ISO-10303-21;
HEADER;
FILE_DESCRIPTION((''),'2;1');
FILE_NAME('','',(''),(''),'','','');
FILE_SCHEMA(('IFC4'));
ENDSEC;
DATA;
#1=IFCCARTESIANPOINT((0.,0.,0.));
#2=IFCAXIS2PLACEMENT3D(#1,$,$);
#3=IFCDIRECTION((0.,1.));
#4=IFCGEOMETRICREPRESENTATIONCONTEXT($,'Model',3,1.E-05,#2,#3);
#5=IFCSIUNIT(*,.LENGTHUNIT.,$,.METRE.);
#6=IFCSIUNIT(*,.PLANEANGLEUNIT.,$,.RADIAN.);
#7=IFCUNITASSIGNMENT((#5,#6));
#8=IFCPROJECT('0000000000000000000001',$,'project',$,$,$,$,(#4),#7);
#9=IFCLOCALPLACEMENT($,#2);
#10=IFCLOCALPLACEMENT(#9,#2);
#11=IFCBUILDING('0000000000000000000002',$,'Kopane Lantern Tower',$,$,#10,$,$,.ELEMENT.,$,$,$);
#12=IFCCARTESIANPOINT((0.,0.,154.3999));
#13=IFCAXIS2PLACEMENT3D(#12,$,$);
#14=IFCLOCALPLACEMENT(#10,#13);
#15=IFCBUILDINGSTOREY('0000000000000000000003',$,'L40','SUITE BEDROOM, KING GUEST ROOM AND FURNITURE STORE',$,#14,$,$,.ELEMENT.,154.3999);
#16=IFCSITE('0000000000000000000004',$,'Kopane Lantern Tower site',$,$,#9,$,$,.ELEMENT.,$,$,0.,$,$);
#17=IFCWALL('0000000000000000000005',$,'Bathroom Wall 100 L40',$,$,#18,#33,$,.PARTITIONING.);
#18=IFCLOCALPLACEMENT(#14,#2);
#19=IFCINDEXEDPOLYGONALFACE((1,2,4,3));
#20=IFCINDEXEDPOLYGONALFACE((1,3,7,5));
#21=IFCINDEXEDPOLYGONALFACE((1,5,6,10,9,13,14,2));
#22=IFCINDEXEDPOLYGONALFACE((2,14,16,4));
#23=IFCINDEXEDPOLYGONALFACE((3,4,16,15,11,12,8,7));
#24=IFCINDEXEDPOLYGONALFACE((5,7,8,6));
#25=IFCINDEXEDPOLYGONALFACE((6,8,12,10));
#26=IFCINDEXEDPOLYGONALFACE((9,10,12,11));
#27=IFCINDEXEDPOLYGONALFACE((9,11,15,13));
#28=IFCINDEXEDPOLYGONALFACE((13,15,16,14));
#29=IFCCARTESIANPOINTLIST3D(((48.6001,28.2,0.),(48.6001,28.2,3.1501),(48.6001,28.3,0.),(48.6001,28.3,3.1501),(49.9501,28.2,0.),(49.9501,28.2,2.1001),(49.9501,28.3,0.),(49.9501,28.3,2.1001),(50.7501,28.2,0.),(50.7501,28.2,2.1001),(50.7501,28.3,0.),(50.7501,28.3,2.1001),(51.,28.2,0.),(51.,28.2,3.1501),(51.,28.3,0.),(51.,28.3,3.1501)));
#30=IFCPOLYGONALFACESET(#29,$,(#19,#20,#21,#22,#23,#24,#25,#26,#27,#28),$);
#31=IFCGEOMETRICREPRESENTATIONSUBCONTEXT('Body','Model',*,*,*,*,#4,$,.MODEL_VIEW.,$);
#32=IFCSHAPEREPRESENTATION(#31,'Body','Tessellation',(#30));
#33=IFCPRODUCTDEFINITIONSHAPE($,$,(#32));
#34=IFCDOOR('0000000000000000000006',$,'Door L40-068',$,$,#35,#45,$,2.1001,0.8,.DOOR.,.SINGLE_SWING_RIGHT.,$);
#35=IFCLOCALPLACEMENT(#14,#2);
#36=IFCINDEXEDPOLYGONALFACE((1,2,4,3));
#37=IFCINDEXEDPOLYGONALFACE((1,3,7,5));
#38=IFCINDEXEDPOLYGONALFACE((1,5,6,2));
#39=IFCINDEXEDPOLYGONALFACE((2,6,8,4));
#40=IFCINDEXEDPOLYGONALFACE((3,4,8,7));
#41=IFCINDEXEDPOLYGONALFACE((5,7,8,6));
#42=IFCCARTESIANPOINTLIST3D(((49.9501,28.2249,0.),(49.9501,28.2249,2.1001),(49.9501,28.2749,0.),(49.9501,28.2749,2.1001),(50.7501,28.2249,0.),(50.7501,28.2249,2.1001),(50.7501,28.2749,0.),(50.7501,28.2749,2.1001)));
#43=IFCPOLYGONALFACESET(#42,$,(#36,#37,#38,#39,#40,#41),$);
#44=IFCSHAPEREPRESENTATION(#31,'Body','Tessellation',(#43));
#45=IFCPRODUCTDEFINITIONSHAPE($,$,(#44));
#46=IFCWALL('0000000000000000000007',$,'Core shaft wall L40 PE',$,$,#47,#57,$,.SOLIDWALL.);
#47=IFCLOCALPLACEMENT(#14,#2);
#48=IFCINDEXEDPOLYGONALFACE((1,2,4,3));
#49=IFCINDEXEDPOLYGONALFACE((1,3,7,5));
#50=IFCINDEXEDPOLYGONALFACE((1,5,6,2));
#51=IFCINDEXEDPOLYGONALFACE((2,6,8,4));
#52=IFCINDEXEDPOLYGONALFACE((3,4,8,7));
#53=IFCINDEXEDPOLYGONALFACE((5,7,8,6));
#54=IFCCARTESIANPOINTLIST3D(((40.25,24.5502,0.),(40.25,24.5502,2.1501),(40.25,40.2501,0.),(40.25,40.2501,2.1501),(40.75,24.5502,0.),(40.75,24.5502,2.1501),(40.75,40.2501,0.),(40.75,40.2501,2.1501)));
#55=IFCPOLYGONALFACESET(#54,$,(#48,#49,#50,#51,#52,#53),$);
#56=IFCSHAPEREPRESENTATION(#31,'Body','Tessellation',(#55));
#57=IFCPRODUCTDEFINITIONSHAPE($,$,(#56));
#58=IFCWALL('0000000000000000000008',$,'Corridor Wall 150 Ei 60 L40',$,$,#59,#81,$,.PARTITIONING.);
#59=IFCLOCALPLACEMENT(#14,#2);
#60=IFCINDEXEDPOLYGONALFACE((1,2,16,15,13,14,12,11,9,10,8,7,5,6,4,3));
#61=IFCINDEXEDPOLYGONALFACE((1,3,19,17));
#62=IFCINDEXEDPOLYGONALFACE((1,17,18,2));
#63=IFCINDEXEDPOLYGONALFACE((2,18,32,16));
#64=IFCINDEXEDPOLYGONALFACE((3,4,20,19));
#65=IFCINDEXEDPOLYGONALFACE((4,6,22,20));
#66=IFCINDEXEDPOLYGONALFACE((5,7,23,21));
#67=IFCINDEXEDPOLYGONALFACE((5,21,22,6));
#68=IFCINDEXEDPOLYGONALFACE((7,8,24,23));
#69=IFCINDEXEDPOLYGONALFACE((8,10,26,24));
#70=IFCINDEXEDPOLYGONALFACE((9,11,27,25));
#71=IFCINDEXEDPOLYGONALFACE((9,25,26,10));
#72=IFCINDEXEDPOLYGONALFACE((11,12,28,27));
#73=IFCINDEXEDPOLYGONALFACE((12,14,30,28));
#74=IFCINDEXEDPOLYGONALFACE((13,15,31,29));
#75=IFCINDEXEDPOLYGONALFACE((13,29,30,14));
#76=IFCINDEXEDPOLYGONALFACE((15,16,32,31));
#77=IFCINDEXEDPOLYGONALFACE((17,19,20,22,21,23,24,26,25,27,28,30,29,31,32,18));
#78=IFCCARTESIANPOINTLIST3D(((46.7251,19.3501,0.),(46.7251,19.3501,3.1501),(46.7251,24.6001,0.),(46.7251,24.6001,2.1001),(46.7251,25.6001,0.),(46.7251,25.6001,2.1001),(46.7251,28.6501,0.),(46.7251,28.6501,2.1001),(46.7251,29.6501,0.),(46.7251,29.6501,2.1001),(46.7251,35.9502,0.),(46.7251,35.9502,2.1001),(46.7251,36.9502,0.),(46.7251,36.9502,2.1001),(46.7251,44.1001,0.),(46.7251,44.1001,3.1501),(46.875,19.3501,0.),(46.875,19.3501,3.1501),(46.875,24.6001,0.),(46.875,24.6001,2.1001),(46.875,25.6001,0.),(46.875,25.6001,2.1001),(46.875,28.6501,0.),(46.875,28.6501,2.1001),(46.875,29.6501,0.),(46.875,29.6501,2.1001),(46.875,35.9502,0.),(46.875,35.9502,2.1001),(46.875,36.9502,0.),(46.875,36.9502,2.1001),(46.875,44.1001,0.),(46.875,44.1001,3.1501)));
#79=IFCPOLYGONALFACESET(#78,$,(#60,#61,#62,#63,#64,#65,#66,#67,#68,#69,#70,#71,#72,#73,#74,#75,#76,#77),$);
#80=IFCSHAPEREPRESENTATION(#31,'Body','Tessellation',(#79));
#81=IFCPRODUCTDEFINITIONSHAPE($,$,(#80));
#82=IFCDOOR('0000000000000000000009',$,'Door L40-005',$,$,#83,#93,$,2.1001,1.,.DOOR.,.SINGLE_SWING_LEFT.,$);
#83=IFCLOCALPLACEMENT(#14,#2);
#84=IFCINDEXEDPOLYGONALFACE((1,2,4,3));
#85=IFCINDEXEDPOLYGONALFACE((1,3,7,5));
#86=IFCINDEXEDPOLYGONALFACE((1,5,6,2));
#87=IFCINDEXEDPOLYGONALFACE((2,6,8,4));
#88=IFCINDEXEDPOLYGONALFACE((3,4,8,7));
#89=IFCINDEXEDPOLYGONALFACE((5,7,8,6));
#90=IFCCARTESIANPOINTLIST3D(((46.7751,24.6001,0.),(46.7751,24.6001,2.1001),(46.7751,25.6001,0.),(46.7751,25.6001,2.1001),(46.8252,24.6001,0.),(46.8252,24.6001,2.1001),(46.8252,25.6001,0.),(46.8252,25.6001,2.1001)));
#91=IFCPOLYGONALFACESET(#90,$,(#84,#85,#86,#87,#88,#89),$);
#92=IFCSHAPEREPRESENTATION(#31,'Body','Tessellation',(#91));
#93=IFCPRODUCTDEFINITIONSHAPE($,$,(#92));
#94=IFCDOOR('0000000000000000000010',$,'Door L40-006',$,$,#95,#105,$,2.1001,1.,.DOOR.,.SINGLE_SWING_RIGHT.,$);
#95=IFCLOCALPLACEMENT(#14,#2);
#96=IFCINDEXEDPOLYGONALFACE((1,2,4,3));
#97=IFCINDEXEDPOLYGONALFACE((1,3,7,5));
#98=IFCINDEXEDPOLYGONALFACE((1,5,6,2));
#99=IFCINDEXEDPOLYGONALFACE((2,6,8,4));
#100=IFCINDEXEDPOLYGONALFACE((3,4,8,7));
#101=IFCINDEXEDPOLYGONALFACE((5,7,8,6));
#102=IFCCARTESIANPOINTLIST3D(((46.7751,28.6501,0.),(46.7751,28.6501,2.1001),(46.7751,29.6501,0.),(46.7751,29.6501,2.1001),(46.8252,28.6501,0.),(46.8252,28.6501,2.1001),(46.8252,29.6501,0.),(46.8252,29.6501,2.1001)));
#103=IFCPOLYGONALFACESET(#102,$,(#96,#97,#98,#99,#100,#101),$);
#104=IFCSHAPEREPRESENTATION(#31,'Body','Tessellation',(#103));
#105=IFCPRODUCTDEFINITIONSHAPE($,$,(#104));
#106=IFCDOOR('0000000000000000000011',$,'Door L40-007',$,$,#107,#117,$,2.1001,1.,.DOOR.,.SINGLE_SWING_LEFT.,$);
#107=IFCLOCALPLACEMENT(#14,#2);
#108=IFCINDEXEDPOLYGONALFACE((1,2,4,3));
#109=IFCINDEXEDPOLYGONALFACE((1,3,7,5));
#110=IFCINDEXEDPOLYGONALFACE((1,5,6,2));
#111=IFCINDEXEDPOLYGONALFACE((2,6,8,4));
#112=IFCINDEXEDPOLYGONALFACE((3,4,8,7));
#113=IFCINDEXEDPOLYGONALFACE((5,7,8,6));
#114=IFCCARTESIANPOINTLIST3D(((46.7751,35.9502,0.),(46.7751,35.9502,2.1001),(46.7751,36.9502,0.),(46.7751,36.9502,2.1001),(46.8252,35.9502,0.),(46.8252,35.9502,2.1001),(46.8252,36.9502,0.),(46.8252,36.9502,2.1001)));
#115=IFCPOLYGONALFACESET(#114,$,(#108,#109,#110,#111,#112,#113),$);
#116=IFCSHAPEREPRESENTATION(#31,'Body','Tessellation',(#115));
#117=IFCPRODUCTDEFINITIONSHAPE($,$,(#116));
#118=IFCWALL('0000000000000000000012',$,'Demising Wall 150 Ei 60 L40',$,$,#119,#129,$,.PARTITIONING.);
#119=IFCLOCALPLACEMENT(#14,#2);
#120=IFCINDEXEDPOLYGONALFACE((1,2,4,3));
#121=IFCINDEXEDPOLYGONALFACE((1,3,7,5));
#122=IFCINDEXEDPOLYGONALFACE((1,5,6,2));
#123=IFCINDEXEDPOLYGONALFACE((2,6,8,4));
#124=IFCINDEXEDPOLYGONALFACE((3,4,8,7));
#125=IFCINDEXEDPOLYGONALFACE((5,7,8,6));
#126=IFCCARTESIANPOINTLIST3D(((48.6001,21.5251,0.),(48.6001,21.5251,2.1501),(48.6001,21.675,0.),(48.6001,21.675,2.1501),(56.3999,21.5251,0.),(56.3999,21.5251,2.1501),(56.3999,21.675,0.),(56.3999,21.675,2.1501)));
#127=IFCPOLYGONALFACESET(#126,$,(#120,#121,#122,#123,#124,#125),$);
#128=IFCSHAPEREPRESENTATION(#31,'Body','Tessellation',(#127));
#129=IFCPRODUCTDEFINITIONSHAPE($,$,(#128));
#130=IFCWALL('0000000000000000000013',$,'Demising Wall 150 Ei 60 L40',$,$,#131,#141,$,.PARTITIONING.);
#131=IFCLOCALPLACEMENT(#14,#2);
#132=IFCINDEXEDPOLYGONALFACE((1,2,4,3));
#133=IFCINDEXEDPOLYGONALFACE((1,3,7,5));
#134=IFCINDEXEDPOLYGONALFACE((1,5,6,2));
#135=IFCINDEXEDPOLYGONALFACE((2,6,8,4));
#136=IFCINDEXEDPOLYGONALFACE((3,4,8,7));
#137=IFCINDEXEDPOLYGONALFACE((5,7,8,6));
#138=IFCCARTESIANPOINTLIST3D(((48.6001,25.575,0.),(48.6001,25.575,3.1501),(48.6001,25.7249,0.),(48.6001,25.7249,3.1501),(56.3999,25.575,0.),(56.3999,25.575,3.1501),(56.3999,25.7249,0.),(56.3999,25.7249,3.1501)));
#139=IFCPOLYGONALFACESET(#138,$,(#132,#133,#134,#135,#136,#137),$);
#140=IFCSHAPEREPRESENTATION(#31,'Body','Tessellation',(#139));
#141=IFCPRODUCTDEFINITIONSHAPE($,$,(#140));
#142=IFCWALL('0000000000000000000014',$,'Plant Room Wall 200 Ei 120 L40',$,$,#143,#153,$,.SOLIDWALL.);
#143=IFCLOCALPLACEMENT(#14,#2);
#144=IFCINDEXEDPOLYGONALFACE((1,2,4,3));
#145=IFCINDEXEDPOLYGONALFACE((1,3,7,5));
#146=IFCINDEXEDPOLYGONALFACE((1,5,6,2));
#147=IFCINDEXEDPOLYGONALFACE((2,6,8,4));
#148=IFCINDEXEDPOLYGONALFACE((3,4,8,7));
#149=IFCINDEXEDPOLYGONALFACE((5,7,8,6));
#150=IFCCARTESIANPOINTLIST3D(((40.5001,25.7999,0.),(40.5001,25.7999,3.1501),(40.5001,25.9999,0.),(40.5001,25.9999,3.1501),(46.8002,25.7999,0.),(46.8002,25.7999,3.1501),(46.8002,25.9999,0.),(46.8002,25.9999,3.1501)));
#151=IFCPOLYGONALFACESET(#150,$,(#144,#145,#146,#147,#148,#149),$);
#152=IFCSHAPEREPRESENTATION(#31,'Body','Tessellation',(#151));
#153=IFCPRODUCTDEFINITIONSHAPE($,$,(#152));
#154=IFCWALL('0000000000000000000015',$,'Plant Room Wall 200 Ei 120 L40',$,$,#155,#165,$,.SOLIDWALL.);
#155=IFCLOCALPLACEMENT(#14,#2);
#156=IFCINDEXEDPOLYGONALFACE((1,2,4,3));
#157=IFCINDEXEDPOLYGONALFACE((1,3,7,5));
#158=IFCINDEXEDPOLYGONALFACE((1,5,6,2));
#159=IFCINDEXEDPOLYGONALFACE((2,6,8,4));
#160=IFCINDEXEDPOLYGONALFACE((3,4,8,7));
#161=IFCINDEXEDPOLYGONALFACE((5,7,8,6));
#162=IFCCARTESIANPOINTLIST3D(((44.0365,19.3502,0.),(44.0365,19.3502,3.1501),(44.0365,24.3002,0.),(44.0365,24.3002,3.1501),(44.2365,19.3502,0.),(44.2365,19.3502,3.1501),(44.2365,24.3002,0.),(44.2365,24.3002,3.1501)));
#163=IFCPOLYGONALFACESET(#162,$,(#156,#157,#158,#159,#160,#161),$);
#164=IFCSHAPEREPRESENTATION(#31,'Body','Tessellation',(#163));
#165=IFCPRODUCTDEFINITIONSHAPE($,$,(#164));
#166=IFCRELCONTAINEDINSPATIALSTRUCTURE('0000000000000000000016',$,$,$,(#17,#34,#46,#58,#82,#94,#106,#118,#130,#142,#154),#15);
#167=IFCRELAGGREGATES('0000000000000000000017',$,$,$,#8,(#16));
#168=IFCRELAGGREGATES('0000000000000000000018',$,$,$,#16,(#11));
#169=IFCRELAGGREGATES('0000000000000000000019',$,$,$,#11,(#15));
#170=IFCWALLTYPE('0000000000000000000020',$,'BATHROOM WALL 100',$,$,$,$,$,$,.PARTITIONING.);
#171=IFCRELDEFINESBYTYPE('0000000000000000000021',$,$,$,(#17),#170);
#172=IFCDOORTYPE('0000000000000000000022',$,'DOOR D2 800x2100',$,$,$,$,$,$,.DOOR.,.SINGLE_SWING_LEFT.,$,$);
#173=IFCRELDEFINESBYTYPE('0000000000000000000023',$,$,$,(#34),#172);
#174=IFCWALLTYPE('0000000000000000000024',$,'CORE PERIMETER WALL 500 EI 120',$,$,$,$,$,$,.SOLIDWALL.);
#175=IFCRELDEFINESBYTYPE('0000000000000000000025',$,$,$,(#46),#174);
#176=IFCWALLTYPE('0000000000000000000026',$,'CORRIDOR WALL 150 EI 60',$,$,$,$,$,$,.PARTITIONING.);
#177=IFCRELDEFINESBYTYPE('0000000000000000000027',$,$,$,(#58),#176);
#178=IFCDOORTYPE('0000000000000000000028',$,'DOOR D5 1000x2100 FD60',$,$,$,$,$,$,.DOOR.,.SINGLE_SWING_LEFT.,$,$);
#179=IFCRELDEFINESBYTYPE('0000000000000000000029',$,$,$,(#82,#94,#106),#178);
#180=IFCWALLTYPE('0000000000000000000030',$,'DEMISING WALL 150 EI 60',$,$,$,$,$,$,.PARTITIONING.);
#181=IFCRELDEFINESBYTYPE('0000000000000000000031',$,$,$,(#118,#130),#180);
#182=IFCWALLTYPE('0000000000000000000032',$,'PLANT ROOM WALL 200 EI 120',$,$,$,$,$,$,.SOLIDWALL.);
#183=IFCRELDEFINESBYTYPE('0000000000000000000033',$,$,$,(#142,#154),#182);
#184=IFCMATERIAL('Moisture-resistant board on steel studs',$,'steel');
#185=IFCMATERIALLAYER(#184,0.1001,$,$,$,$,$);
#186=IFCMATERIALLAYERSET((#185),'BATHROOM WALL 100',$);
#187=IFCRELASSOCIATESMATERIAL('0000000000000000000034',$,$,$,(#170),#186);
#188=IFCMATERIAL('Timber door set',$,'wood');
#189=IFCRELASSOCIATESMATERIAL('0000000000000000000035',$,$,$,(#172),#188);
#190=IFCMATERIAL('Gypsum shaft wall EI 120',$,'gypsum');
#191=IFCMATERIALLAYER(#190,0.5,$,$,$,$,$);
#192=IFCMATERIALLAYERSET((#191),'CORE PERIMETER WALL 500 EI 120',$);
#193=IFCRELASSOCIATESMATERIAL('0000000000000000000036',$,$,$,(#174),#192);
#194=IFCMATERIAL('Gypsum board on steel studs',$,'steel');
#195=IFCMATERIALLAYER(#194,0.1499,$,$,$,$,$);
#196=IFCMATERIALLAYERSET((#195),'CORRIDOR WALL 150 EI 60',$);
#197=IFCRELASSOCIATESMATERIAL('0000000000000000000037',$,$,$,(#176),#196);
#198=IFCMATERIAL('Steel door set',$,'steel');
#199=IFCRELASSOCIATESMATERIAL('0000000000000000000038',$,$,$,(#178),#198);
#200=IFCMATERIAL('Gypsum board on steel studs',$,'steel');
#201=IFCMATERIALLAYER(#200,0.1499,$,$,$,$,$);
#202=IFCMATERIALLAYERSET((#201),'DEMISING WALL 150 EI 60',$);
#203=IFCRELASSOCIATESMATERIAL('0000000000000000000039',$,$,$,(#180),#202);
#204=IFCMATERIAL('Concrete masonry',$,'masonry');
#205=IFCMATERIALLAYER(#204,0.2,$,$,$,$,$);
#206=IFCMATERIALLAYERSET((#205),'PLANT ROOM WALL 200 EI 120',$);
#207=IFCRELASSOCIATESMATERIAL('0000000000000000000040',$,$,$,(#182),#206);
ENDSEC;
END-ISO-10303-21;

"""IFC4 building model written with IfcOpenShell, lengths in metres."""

from ifc_helpers import new_model, si_unit, direction, frame, frame_2d, origin, place, context, subcontext, project, spatial, rectangle, extrude, material, layer, layer_set, type_object, element, fill, save


model = new_model("IFC4")

# Units and contexts
model_context = context("Model", 3, precision=1e-05, world=origin(), true_north=direction((0.0, 1.0)))
body_context = subcontext(model_context, "Body", "Model", "MODEL_VIEW")
ifc_project = project(units=[si_unit("LENGTHUNIT", "METRE"), si_unit("PLANEANGLEUNIT", "RADIAN")], contexts=[model_context])

# Site, building, storey
site_placement = place(None, origin())
site = spatial("IfcSite", under=ifc_project, at=site_placement, Name="Kopane Lantern Tower site", CompositionType="ELEMENT", RefElevation=0.0)
building_placement = place(site_placement, origin())
building = spatial("IfcBuilding", under=site, at=building_placement, Name="Kopane Lantern Tower", CompositionType="ELEMENT")
storey_placement = place(building_placement, frame((0.0, 0.0, 154.3999)))
storey = spatial("IfcBuildingStorey", under=building, at=storey_placement, Name="L40", Description="SUITE BEDROOM, KING GUEST ROOM AND FURNITURE STORE", CompositionType="ELEMENT", Elevation=154.3999)

# Shared definitions
ifc_material_1 = material(Name="Moisture-resistant board on steel studs", Category="steel")
ifc_layer_1 = layer(ifc_material_1, 0.1001)
ifc_layer_set_1 = layer_set([ifc_layer_1], Name="BATHROOM WALL 100")
wall_type_1 = type_object("IfcWallType", Name="BATHROOM WALL 100", PredefinedType="PARTITIONING", material=ifc_layer_set_1)

# Shared definitions
ifc_material_2 = material(Name="Timber door set", Category="wood")
door_type_1 = type_object("IfcDoorType", Name="DOOR D2 800x2100", OperationType="SINGLE_SWING_LEFT", PredefinedType="DOOR", material=ifc_material_2)

# Wall, opening, door
wall_1_placement = place(storey_placement, frame((48.6001, 28.25, 0.0), z_axis=(0.0, 0.0, 1.0), x_axis=(1.0, 0.0, 0.0)))
wall_1 = element("IfcWall", 1, at=wall_1_placement, inside=storey, type_object=wall_type_1, Name="Bathroom Wall 100 L40", PredefinedType="PARTITIONING", context=body_context, shape_type="SweptSolid", body=[
    extrude(rectangle(XDim=2.3999, YDim=0.1001, at=frame_2d((1.2, 0.0))), origin(), (0.0, 0.0, 1.0), 3.1501),
])
opening_1_placement = place(wall_1_placement, frame((1.3501, 0.0, 0.0)))
opening_1 = element("IfcOpeningElement", 2, at=opening_1_placement, cuts=wall_1, PredefinedType="OPENING", context=body_context, shape_type="SweptSolid", body=[
    extrude(rectangle(XDim=0.8, YDim=2.1001, at=frame_2d((0.3999, 1.05))), frame((0.0, 0.0601, 0.0), z_axis=(0.0, -1.0, 0.0), x_axis=(1.0, 0.0, 0.0)), (0.0, 0.0, 1.0), 0.1201),
])
door_1_placement = place(opening_1_placement, origin())
door_1 = element("IfcDoor", 3, at=door_1_placement, inside=storey, type_object=door_type_1, Name="Door L40-068", OperationType="SINGLE_SWING_RIGHT", OverallHeight=2.1001, OverallWidth=0.8, PredefinedType="DOOR", context=body_context, shape_type="SweptSolid", body=[
    extrude(rectangle(XDim=0.8, YDim=2.1001, at=frame_2d((0.3999, 1.05))), frame((0.0, 0.0249, 0.0), z_axis=(0.0, -1.0, 0.0), x_axis=(1.0, 0.0, 0.0)), (0.0, 0.0, 1.0), 0.05),
])
fill(opening_1, door_1)

# Wall
ifc_material_3 = material(Name="Gypsum shaft wall EI 120", Category="gypsum")
ifc_layer_2 = layer(ifc_material_3, 0.5)
ifc_layer_set_2 = layer_set([ifc_layer_2], Name="CORE PERIMETER WALL 500 EI 120")
wall_type_2 = type_object("IfcWallType", Name="CORE PERIMETER WALL 500 EI 120", PredefinedType="SOLIDWALL", material=ifc_layer_set_2)
wall_2_placement = place(storey_placement, frame((40.5, 24.55, 0.0), z_axis=(0.0, 0.0, 1.0), x_axis=(0.0, 1.0, 0.0)))
element("IfcWall", 4, at=wall_2_placement, inside=storey, type_object=wall_type_2, Name="Core shaft wall L40 PE", PredefinedType="SOLIDWALL", context=body_context, shape_type="SweptSolid", body=[
    extrude(rectangle(XDim=15.7, YDim=0.5, at=frame_2d((7.8501, 0.0))), origin(), (0.0, 0.0, 1.0), 2.1501),
])

# Wall, openings, doors
ifc_material_4 = material(Name="Gypsum board on steel studs", Category="steel")
ifc_layer_3 = layer(ifc_material_4, 0.1499)
ifc_layer_set_3 = layer_set([ifc_layer_3], Name="CORRIDOR WALL 150 EI 60")
wall_type_3 = type_object("IfcWallType", Name="CORRIDOR WALL 150 EI 60", PredefinedType="PARTITIONING", material=ifc_layer_set_3)
wall_3_placement = place(storey_placement, frame((46.8, 19.3501, 0.0), z_axis=(0.0, 0.0, 1.0), x_axis=(0.0, 1.0, 0.0)))
wall_3 = element("IfcWall", 5, at=wall_3_placement, inside=storey, type_object=wall_type_3, Name="Corridor Wall 150 Ei 60 L40", PredefinedType="PARTITIONING", context=body_context, shape_type="SweptSolid", body=[
    extrude(rectangle(XDim=24.75, YDim=0.1499, at=frame_2d((12.375, 0.0))), origin(), (0.0, 0.0, 1.0), 3.1501),
])
opening_2_placement = place(wall_3_placement, frame((5.25, 0.0, 0.0)))
opening_2 = element("IfcOpeningElement", 6, at=opening_2_placement, cuts=wall_3, PredefinedType="OPENING", context=body_context, shape_type="SweptSolid", body=[
    extrude(rectangle(XDim=1.0, YDim=2.1001, at=frame_2d((0.5, 1.05))), frame((0.0, 0.085, 0.0), z_axis=(0.0, -1.0, 0.0), x_axis=(1.0, 0.0, 0.0)), (0.0, 0.0, 1.0), 0.1699),
])
opening_3_placement = place(wall_3_placement, frame((9.3, 0.0, 0.0)))
opening_3 = element("IfcOpeningElement", 7, at=opening_3_placement, cuts=wall_3, PredefinedType="OPENING", context=body_context, shape_type="SweptSolid", body=[
    extrude(rectangle(XDim=1.0, YDim=2.1001, at=frame_2d((0.5, 1.05))), frame((0.0, 0.085, 0.0), z_axis=(0.0, -1.0, 0.0), x_axis=(1.0, 0.0, 0.0)), (0.0, 0.0, 1.0), 0.1699),
])
opening_4_placement = place(wall_3_placement, frame((16.6001, 0.0, 0.0)))
opening_4 = element("IfcOpeningElement", 8, at=opening_4_placement, cuts=wall_3, PredefinedType="OPENING", context=body_context, shape_type="SweptSolid", body=[
    extrude(rectangle(XDim=1.0, YDim=2.1001, at=frame_2d((0.5, 1.05))), frame((0.0, 0.085, 0.0), z_axis=(0.0, -1.0, 0.0), x_axis=(1.0, 0.0, 0.0)), (0.0, 0.0, 1.0), 0.1699),
])
ifc_material_5 = material(Name="Steel door set", Category="steel")
door_type_2 = type_object("IfcDoorType", Name="DOOR D5 1000x2100 FD60", OperationType="SINGLE_SWING_LEFT", PredefinedType="DOOR", material=ifc_material_5)
door_2_placement = place(opening_2_placement, origin())
door_2 = element("IfcDoor", 9, at=door_2_placement, inside=storey, type_object=door_type_2, Name="Door L40-005", OperationType="SINGLE_SWING_LEFT", OverallHeight=2.1001, OverallWidth=1.0, PredefinedType="DOOR", context=body_context, shape_type="SweptSolid", body=[
    extrude(rectangle(XDim=1.0, YDim=2.1001, at=frame_2d((0.5, 1.05))), frame((0.0, 0.0249, 0.0), z_axis=(0.0, -1.0, 0.0), x_axis=(1.0, 0.0, 0.0)), (0.0, 0.0, 1.0), 0.05),
])
fill(opening_2, door_2)
door_3_placement = place(opening_3_placement, origin())
door_3 = element("IfcDoor", 10, at=door_3_placement, inside=storey, type_object=door_type_2, Name="Door L40-006", OperationType="SINGLE_SWING_RIGHT", OverallHeight=2.1001, OverallWidth=1.0, PredefinedType="DOOR", context=body_context, shape_type="SweptSolid", body=[
    extrude(rectangle(XDim=1.0, YDim=2.1001, at=frame_2d((0.5, 1.05))), frame((0.0, 0.0249, 0.0), z_axis=(0.0, -1.0, 0.0), x_axis=(1.0, 0.0, 0.0)), (0.0, 0.0, 1.0), 0.05),
])
fill(opening_3, door_3)
door_4_placement = place(opening_4_placement, origin())
door_4 = element("IfcDoor", 11, at=door_4_placement, inside=storey, type_object=door_type_2, Name="Door L40-007", OperationType="SINGLE_SWING_LEFT", OverallHeight=2.1001, OverallWidth=1.0, PredefinedType="DOOR", context=body_context, shape_type="SweptSolid", body=[
    extrude(rectangle(XDim=1.0, YDim=2.1001, at=frame_2d((0.5, 1.05))), frame((0.0, 0.0249, 0.0), z_axis=(0.0, -1.0, 0.0), x_axis=(1.0, 0.0, 0.0)), (0.0, 0.0, 1.0), 0.05),
])
fill(opening_4, door_4)

# Walls
ifc_material_6 = material(Name="Gypsum board on steel studs", Category="steel")
ifc_layer_4 = layer(ifc_material_6, 0.1499)
ifc_layer_set_4 = layer_set([ifc_layer_4], Name="DEMISING WALL 150 EI 60")
wall_type_4 = type_object("IfcWallType", Name="DEMISING WALL 150 EI 60", PredefinedType="PARTITIONING", material=ifc_layer_set_4)
wall_4_placement = place(storey_placement, frame((48.6001, 21.6001, 0.0), z_axis=(0.0, 0.0, 1.0), x_axis=(1.0, 0.0, 0.0)))
element("IfcWall", 12, at=wall_4_placement, inside=storey, type_object=wall_type_4, Name="Demising Wall 150 Ei 60 L40", PredefinedType="PARTITIONING", context=body_context, shape_type="SweptSolid", body=[
    extrude(rectangle(XDim=7.7998, YDim=0.1499, at=frame_2d((3.8999, 0.0))), origin(), (0.0, 0.0, 1.0), 2.1501),
])
wall_5_placement = place(storey_placement, frame((48.6001, 25.6499, 0.0), z_axis=(0.0, 0.0, 1.0), x_axis=(1.0, 0.0, 0.0)))
element("IfcWall", 13, at=wall_5_placement, inside=storey, type_object=wall_type_4, Name="Demising Wall 150 Ei 60 L40", PredefinedType="PARTITIONING", context=body_context, shape_type="SweptSolid", body=[
    extrude(rectangle(XDim=7.7998, YDim=0.1499, at=frame_2d((3.8999, 0.0))), origin(), (0.0, 0.0, 1.0), 3.1501),
])
ifc_material_7 = material(Name="Concrete masonry", Category="masonry")
ifc_layer_5 = layer(ifc_material_7, 0.2)
ifc_layer_set_5 = layer_set([ifc_layer_5], Name="PLANT ROOM WALL 200 EI 120")
wall_type_5 = type_object("IfcWallType", Name="PLANT ROOM WALL 200 EI 120", PredefinedType="SOLIDWALL", material=ifc_layer_set_5)
wall_6_placement = place(storey_placement, frame((46.8, 25.8999, 0.0), z_axis=(0.0, 0.0, 1.0), x_axis=(-1.0, 0.0, 0.0)))
element("IfcWall", 14, at=wall_6_placement, inside=storey, type_object=wall_type_5, Name="Plant Room Wall 200 Ei 120 L40", PredefinedType="SOLIDWALL", context=body_context, shape_type="SweptSolid", body=[
    extrude(rectangle(XDim=6.3, YDim=0.2, at=frame_2d((3.1499, 0.0))), origin(), (0.0, 0.0, 1.0), 3.1501),
])
wall_7_placement = place(storey_placement, frame((44.1365, 19.3501, 0.0), z_axis=(0.0, 0.0, 1.0), x_axis=(0.0, 1.0, 0.0)))
element("IfcWall", 15, at=wall_7_placement, inside=storey, type_object=wall_type_5, Name="Plant Room Wall 200 Ei 120 L40", PredefinedType="SOLIDWALL", context=body_context, shape_type="SweptSolid", body=[
    extrude(rectangle(XDim=4.95, YDim=0.2, at=frame_2d((2.4751, 0.0))), origin(), (0.0, 0.0, 1.0), 3.1501),
])

save(model, "model.ifc")
